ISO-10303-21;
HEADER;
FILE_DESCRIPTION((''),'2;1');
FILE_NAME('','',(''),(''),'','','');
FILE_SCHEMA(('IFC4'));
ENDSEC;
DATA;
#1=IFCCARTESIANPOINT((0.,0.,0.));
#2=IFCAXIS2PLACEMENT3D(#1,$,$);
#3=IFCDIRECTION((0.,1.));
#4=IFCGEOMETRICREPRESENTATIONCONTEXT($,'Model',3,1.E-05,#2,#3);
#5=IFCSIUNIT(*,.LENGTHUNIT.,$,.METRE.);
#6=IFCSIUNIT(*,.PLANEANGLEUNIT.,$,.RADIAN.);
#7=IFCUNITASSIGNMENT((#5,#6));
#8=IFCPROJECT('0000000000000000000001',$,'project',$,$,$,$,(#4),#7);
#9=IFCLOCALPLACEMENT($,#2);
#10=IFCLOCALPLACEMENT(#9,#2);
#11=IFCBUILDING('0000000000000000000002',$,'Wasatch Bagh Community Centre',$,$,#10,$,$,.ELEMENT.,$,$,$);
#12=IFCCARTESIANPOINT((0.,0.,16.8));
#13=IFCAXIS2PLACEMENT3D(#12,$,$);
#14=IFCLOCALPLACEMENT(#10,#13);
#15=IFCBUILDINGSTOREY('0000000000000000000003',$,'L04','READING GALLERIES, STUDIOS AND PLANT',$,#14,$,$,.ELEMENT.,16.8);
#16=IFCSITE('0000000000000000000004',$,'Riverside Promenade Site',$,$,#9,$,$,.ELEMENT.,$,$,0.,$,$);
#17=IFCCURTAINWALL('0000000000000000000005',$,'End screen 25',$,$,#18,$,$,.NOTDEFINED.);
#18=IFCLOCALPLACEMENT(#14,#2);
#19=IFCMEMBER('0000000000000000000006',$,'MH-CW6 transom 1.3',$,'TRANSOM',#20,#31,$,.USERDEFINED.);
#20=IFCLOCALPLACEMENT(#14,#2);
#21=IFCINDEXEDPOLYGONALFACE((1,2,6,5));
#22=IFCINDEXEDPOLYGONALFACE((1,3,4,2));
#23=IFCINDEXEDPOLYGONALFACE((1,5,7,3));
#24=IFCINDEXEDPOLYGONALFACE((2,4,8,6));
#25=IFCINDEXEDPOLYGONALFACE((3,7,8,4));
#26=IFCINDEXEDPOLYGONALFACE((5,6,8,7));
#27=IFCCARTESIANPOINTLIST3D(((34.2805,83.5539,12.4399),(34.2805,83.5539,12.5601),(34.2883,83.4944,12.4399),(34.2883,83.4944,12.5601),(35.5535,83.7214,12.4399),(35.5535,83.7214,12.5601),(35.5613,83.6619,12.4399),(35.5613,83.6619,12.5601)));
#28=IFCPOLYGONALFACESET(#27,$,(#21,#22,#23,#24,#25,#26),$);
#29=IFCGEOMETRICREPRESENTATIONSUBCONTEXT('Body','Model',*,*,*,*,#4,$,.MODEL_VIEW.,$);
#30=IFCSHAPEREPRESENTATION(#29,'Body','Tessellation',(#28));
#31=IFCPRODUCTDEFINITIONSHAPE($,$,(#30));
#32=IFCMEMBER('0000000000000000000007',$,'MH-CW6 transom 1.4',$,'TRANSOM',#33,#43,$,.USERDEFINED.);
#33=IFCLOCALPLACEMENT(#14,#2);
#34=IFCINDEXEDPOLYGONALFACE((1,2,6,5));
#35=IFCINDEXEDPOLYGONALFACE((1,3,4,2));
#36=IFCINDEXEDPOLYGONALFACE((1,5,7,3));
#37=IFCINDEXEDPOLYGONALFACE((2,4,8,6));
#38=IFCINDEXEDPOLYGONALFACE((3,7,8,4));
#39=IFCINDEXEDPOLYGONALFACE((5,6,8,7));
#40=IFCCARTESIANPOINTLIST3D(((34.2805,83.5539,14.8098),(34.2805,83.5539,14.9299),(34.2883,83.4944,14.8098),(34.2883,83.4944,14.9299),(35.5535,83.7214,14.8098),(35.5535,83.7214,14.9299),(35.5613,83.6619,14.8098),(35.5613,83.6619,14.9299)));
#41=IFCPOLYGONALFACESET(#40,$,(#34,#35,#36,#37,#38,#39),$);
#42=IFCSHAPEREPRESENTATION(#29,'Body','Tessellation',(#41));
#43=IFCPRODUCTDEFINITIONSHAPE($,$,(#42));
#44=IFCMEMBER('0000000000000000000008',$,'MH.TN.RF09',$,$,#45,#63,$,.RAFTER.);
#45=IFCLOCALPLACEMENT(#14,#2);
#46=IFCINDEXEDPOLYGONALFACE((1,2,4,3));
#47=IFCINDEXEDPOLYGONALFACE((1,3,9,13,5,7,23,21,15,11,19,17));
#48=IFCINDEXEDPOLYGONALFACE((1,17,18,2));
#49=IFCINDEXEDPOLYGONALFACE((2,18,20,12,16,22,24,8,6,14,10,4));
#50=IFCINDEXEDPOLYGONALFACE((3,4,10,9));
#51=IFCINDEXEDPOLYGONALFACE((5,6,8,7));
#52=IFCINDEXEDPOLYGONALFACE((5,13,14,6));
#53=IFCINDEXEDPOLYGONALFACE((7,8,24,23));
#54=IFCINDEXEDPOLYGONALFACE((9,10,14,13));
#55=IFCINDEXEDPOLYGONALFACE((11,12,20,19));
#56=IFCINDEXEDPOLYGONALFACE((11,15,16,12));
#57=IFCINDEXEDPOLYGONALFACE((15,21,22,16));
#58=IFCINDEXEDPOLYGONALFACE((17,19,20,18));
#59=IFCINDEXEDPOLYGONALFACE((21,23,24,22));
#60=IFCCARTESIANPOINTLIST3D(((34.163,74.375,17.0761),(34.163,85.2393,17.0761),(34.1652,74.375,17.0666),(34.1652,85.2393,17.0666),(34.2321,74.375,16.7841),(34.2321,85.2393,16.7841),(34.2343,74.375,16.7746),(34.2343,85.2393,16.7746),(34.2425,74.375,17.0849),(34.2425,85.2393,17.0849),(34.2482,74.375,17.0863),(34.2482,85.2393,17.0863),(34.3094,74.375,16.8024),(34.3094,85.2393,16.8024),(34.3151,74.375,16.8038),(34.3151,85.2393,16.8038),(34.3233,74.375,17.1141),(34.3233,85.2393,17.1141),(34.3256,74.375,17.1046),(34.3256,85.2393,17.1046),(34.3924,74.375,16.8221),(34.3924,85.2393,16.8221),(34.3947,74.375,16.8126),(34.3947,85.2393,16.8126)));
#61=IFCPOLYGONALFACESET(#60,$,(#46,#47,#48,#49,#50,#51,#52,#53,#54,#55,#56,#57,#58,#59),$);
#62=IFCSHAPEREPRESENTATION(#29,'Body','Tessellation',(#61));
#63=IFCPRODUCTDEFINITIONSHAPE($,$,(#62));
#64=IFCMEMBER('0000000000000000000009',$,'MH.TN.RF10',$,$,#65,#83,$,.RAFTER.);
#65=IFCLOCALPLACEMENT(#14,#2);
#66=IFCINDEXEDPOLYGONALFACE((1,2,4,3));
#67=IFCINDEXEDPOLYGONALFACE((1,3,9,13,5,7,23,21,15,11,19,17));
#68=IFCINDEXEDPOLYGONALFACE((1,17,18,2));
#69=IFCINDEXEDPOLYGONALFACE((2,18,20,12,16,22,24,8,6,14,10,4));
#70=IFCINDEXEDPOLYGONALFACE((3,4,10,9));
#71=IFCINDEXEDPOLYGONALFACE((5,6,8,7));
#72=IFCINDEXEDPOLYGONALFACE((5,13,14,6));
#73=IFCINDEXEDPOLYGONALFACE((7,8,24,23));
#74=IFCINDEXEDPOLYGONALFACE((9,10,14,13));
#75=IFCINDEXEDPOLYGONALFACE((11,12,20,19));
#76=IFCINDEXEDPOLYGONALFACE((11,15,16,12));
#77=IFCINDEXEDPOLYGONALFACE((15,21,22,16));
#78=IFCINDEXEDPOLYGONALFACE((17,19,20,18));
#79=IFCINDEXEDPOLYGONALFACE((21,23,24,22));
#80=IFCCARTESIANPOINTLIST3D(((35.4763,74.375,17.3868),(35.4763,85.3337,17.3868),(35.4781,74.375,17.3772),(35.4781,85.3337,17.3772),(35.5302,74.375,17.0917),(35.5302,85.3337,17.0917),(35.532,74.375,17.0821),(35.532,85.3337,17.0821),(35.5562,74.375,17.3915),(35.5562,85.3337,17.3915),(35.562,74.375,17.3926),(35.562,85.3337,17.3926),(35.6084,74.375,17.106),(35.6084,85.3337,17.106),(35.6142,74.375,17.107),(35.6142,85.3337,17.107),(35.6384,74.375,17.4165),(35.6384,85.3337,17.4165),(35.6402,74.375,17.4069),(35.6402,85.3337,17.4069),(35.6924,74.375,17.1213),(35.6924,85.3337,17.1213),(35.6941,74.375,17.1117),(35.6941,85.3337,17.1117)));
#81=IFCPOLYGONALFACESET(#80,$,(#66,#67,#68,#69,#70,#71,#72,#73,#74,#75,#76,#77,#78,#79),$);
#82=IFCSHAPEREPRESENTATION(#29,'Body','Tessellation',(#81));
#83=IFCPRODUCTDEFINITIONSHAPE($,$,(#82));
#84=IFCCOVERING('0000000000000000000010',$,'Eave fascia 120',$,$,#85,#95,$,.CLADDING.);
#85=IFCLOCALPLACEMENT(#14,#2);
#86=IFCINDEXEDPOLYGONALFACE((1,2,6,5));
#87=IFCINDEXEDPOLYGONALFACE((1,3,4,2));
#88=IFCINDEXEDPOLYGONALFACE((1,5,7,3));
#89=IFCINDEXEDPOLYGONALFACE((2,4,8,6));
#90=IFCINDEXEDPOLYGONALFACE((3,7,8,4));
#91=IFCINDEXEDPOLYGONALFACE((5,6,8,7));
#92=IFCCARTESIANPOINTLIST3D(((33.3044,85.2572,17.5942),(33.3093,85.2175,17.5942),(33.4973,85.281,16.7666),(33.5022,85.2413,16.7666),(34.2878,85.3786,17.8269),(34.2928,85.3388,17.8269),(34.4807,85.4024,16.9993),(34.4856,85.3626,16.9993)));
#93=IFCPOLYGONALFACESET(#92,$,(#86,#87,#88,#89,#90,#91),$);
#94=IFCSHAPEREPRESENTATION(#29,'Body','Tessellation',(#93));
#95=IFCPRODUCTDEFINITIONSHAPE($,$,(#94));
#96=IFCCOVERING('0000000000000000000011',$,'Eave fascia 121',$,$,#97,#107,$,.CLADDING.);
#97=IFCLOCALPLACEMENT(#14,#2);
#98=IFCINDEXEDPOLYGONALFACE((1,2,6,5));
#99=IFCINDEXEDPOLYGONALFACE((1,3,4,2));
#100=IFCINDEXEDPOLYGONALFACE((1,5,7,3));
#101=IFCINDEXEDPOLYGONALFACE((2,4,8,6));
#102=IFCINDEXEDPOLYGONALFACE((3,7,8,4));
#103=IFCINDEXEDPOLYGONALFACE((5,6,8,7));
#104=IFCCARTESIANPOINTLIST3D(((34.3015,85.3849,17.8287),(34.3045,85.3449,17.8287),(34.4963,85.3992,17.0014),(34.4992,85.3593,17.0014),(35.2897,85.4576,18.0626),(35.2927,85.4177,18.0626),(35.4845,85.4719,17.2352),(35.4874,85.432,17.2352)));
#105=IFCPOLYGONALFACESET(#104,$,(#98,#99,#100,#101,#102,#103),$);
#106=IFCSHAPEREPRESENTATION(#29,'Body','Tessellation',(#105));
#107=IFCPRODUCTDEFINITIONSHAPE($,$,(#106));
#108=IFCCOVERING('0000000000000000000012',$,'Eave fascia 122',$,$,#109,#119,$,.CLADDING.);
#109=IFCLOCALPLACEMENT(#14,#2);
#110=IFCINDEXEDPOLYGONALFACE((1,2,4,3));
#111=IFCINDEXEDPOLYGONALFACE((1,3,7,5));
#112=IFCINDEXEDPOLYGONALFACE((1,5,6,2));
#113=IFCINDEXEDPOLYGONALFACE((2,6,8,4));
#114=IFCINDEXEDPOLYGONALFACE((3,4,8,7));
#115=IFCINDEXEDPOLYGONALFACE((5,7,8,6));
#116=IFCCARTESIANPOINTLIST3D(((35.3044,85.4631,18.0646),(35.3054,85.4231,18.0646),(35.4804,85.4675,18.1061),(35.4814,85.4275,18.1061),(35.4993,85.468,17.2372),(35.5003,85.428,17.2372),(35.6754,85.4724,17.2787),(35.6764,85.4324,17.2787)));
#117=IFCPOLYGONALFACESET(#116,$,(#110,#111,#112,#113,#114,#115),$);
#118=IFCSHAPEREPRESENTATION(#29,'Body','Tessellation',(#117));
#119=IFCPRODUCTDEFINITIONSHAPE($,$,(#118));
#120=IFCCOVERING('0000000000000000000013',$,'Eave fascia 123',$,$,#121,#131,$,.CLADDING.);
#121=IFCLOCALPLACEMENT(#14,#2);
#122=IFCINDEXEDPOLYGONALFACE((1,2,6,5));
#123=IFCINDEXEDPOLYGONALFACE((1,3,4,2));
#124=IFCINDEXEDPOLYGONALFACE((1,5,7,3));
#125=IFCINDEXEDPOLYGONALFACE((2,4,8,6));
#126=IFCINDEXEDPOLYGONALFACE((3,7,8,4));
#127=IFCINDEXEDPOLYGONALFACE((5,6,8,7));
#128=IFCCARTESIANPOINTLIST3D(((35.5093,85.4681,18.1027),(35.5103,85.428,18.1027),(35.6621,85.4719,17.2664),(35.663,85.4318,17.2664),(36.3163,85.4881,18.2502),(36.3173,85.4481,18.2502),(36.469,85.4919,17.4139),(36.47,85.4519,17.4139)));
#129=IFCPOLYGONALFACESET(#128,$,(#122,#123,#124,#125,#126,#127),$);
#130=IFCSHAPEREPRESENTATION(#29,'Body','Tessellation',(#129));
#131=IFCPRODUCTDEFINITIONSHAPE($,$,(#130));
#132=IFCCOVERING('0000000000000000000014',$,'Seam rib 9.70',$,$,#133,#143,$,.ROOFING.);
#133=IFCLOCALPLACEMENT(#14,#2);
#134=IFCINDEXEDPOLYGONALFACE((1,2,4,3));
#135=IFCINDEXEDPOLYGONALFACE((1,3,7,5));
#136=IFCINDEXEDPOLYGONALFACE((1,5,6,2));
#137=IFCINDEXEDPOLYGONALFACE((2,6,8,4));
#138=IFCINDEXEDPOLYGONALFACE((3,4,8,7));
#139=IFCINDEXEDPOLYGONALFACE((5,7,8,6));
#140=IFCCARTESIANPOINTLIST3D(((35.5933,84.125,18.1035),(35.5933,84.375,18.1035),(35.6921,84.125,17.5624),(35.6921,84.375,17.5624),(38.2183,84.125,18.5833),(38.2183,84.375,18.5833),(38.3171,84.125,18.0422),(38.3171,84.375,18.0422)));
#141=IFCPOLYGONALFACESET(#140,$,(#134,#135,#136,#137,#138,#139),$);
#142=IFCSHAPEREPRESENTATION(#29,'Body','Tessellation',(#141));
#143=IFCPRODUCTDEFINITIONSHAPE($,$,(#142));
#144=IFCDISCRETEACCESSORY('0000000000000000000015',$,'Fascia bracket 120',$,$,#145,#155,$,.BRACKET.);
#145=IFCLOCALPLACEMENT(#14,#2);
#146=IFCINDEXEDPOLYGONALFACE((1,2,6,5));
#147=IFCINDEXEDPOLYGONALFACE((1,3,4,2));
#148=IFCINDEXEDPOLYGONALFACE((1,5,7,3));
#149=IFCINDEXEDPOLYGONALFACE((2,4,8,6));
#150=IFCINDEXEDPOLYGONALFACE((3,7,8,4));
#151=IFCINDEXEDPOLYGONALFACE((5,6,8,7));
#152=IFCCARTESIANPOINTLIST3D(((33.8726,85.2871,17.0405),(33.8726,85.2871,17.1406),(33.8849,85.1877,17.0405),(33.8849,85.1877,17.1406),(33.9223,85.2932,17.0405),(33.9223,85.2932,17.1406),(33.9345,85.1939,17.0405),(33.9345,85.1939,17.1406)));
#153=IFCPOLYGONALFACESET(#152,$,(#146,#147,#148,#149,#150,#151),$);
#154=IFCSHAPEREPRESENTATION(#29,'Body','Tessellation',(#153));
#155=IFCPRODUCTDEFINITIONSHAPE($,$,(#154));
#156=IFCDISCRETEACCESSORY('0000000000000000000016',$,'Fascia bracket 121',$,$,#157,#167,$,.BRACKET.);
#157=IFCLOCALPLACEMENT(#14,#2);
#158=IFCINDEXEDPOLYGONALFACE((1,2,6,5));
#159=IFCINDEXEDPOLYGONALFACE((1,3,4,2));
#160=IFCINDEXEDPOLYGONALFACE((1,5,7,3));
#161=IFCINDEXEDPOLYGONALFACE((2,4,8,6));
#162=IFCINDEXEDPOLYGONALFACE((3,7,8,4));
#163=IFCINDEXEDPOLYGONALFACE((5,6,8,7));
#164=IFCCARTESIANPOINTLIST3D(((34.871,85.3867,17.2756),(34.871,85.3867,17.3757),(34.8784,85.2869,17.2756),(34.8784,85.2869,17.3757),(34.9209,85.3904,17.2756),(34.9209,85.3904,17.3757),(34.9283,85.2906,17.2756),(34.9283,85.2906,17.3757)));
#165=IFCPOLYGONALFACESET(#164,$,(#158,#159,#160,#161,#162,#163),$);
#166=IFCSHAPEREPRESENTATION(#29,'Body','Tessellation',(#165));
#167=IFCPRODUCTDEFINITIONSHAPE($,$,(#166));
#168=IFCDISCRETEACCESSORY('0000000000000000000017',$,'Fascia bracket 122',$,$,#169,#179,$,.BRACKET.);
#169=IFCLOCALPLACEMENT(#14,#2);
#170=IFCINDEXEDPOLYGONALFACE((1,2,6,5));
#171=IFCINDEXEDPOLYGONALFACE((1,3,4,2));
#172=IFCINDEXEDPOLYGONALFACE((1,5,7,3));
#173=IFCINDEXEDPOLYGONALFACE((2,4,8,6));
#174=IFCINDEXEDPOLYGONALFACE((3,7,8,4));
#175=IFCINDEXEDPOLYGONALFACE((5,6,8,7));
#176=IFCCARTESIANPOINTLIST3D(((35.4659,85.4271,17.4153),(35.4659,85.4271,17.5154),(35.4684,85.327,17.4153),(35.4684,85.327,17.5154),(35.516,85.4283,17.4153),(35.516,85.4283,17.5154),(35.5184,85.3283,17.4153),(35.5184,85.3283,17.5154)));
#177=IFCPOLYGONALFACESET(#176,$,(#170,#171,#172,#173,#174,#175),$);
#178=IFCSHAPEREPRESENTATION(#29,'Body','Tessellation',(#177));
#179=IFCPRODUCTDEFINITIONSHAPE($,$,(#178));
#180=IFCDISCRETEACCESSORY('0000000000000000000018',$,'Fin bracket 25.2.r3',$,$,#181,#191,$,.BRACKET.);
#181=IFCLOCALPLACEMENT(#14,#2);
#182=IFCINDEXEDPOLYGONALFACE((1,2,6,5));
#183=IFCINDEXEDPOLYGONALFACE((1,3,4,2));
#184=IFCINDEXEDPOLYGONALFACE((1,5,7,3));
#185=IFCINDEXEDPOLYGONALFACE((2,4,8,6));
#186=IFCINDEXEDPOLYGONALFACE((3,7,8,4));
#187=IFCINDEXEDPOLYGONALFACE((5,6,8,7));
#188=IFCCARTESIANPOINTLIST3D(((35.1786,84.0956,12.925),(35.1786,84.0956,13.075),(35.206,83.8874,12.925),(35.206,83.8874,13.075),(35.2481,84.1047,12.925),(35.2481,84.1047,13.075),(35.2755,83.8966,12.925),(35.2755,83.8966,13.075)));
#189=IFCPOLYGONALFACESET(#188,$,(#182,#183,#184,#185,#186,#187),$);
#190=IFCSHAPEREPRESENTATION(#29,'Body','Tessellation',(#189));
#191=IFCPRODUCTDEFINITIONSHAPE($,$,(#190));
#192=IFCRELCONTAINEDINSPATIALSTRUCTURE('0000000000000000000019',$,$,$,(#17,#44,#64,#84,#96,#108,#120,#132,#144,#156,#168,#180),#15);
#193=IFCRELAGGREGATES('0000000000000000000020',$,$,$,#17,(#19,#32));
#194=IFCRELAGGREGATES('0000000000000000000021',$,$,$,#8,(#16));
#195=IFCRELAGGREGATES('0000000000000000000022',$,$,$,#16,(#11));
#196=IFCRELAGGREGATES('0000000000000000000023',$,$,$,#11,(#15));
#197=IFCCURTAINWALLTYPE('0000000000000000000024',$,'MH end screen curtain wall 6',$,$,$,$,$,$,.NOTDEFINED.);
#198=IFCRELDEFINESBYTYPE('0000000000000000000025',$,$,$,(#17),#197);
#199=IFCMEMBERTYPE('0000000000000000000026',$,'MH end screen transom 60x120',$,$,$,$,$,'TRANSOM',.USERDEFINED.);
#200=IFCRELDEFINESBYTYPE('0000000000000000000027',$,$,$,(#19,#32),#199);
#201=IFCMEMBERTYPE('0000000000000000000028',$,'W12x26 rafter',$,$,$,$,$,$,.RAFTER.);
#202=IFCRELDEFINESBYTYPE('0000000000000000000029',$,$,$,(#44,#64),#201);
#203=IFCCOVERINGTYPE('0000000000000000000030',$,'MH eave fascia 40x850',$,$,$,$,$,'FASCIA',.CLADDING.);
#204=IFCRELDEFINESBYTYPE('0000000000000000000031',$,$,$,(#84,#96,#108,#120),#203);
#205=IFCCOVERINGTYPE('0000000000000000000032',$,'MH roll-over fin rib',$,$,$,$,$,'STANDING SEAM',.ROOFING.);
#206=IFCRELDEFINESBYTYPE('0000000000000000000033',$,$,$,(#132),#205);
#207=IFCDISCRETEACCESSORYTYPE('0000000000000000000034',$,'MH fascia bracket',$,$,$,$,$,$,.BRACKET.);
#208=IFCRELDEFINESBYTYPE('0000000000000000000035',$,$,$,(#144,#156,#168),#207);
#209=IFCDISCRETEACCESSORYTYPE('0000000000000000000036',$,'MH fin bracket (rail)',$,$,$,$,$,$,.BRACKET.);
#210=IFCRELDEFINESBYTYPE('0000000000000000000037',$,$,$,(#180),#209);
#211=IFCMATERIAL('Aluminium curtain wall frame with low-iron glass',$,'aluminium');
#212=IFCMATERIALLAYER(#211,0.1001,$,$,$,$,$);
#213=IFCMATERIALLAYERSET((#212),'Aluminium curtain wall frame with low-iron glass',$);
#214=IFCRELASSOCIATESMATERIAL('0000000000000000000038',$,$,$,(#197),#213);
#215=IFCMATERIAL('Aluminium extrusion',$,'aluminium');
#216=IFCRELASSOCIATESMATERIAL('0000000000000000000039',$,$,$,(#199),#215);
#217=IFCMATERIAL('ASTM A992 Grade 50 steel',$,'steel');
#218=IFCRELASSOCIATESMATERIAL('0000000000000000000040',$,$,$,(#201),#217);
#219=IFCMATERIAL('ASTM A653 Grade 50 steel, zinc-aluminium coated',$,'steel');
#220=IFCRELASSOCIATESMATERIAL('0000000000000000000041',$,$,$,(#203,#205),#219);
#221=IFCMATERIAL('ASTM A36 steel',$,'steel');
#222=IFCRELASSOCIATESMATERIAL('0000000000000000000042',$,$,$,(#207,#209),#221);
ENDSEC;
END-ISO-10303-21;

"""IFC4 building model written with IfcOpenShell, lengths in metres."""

from ifc_helpers import new_model, si_unit, direction, frame, origin, origin_2d, place, context, subcontext, project, spatial, polyline, rectangle, i_section, outline, extrude, material, layer, layer_set, material_profile, profile_set, type_object, element, aggregate, save


model = new_model("IFC4")

# Units and contexts
model_context = context("Model", 3, precision=1e-05, world=origin(), true_north=direction((0.0, 1.0)))
body_context = subcontext(model_context, "Body", "Model", "MODEL_VIEW")
ifc_project = project(units=[si_unit("LENGTHUNIT", "METRE"), si_unit("PLANEANGLEUNIT", "RADIAN")], contexts=[model_context])

# Site, building, storey
site_placement = place(None, origin())
site = spatial("IfcSite", under=ifc_project, at=site_placement, Name="Riverside Promenade Site", CompositionType="ELEMENT", RefElevation=0.0)
building_placement = place(site_placement, origin())
building = spatial("IfcBuilding", under=site, at=building_placement, Name="Wasatch Bagh Community Centre", CompositionType="ELEMENT")
storey_placement = place(building_placement, frame((0.0, 0.0, 16.8)))
storey = spatial("IfcBuildingStorey", under=building, at=storey_placement, Name="L04", Description="READING GALLERIES, STUDIOS AND PLANT", CompositionType="ELEMENT", Elevation=16.8)

# Curtain wall, members
ifc_material_1 = material(Name="Aluminium curtain wall frame with low-iron glass", Category="aluminium")
ifc_layer = layer(ifc_material_1, 0.1001)
ifc_layer_set = layer_set([ifc_layer], Name="Aluminium curtain wall frame with low-iron glass")
curtain_wall_type = type_object("IfcCurtainWallType", Name="MH end screen curtain wall 6", PredefinedType="NOTDEFINED", material=ifc_layer_set)
curtain_wall_placement = place(storey_placement, origin())
curtain_wall = element("IfcCurtainWall", 1, at=curtain_wall_placement, inside=storey, type_object=curtain_wall_type, Name="End screen 25", PredefinedType="NOTDEFINED")
ifc_material_2 = material(Name="Aluminium extrusion", Category="aluminium")
ifc_material_profile_1 = material_profile(ifc_material_2, rectangle(XDim=0.0601, YDim=0.1201, at=origin_2d()), Name="AL 60x120")
ifc_profile_set_1 = profile_set([ifc_material_profile_1], Name="Aluminium extrusion")
member_type_1 = type_object("IfcMemberType", Name="MH end screen transom 60x120", ElementType="TRANSOM", PredefinedType="USERDEFINED", material=ifc_profile_set_1)
member_1_placement = place(storey_placement, frame((35.5574, 83.6917, 12.5), z_axis=(-0.991456, -0.130445, 0.0), x_axis=(0.130445, -0.991456, 0.0)))
member_1 = element("IfcMember", 2, at=member_1_placement, type_object=member_type_1, Name="MH-CW6 transom 1.3", ObjectType="TRANSOM", PredefinedType="USERDEFINED", context=body_context, shape_type="SweptSolid", body=[
    extrude(rectangle(XDim=0.0601, YDim=0.1201, at=origin_2d()), origin(), (0.0, 0.0, 1.0), 1.2839),
])
member_2_placement = place(storey_placement, frame((35.5574, 83.6917, 14.8699), z_axis=(-0.991456, -0.130445, 0.0), x_axis=(0.130445, -0.991456, 0.0)))
member_2 = element("IfcMember", 3, at=member_2_placement, type_object=member_type_1, Name="MH-CW6 transom 1.4", ObjectType="TRANSOM", PredefinedType="USERDEFINED", context=body_context, shape_type="SweptSolid", body=[
    extrude(rectangle(XDim=0.0601, YDim=0.1201, at=origin_2d()), origin(), (0.0, 0.0, 1.0), 1.2839),
])
aggregate(curtain_wall, [member_1, member_2])

# Members
ifc_material_3 = material(Name="ASTM A992 Grade 50 steel", Category="steel")
ifc_material_profile_2 = material_profile(ifc_material_3, i_section(OverallWidth=0.1648, OverallDepth=0.3098, WebThickness=0.0059, FlangeThickness=0.0098, at=origin_2d()), Name="W12x26")
ifc_profile_set_2 = profile_set([ifc_material_profile_2], Name="ASTM A992 Grade 50 steel")
member_type_2 = type_object("IfcMemberType", Name="W12x26 rafter", PredefinedType="RAFTER", material=ifc_profile_set_2)
member_3_placement = place(storey_placement, frame((34.2788, 85.2393, 16.9443), z_axis=(0.0, -1.0, 0.0), x_axis=(0.973122, 0.0, 0.230292)))
element("IfcMember", 4, at=member_3_placement, inside=storey, type_object=member_type_2, Name="MH.TN.RF09", PredefinedType="RAFTER", context=body_context, shape_type="SweptSolid", body=[
    extrude(i_section(OverallWidth=0.1648, OverallDepth=0.3098, WebThickness=0.0059, FlangeThickness=0.0098, at=origin_2d()), origin(), (0.0, 0.0, 1.0), 10.8643),
])
member_4_placement = place(storey_placement, frame((35.5852, 85.3337, 17.2493), z_axis=(0.0, -1.0, 0.0), x_axis=(0.983711, 0.0, 0.179756)))
element("IfcMember", 5, at=member_4_placement, inside=storey, type_object=member_type_2, Name="MH.TN.RF10", PredefinedType="RAFTER", context=body_context, shape_type="SweptSolid", body=[
    extrude(i_section(OverallWidth=0.1648, OverallDepth=0.3098, WebThickness=0.0059, FlangeThickness=0.0098, at=origin_2d()), origin(), (0.0, 0.0, 1.0), 10.9587),
])

# Coverings
ifc_material_4 = material(Name="ASTM A653 Grade 50 steel, zinc-aluminium coated", Category="steel")
ifc_material_profile_3 = material_profile(ifc_material_4, rectangle(XDim=0.04, YDim=0.8501, at=origin_2d()), Name="FASCIA 40x850")
ifc_profile_set_3 = profile_set([ifc_material_profile_3], Name="ASTM A653 Grade 50 steel, zinc-aluminium coated")
covering_type_1 = type_object("IfcCoveringType", Name="MH eave fascia 40x850", ElementType="FASCIA", PredefinedType="CLADDING", material=ifc_profile_set_3)
covering_1_placement = place(storey_placement, frame((33.4033, 85.2493, 17.1804), z_axis=(0.966194, 0.119215, 0.228596), x_axis=(-0.122458, 0.992474, 0.0)))
element("IfcCovering", 6, at=covering_1_placement, inside=storey, type_object=covering_type_1, Name="Eave fascia 120", PredefinedType="CLADDING", context=body_context, shape_type="SweptSolid", body=[
    extrude(rectangle(XDim=0.04, YDim=0.8501, at=origin_2d()), origin(), (0.0, 0.0, 1.0), 1.0178),
])
covering_2_placement = place(storey_placement, frame((34.4004, 85.3721, 17.415), z_axis=(0.970633, 0.071455, 0.22971), x_axis=(-0.073418, 0.997301, 0.0)))
element("IfcCovering", 7, at=covering_2_placement, inside=storey, type_object=covering_type_1, Name="Eave fascia 121", PredefinedType="CLADDING", context=body_context, shape_type="SweptSolid", body=[
    extrude(rectangle(XDim=0.04, YDim=0.8501, at=origin_2d()), origin(), (0.0, 0.0, 1.0), 1.0181),
])
covering_3_placement = place(storey_placement, frame((35.4023, 85.4456, 17.6509), z_axis=(0.973024, 0.024292, 0.229423), x_axis=(-0.024958, 0.999689, 0.0)))
element("IfcCovering", 8, at=covering_3_placement, inside=storey, type_object=covering_type_1, Name="Eave fascia 122", PredefinedType="CLADDING", context=body_context, shape_type="SweptSolid", body=[
    extrude(rectangle(XDim=0.04, YDim=0.8501, at=origin_2d()), origin(), (0.0, 0.0, 1.0), 0.1809),
])
covering_4_placement = place(storey_placement, frame((35.5862, 85.45, 17.6846), z_axis=(0.983415, 0.024399, 0.179722), x_axis=(-0.024803, 0.999692, 0.0)))
element("IfcCovering", 9, at=covering_4_placement, inside=storey, type_object=covering_type_1, Name="Eave fascia 123", PredefinedType="CLADDING", context=body_context, shape_type="SweptSolid", body=[
    extrude(rectangle(XDim=0.04, YDim=0.8501, at=origin_2d()), origin(), (0.0, 0.0, 1.0), 0.8206),
])
covering_type_2 = type_object("IfcCoveringType", Name="MH roll-over fin rib", ElementType="STANDING SEAM", PredefinedType="ROOFING", material=ifc_material_4)
covering_5_placement = place(storey_placement, frame((35.5933, 84.125, 18.1035), z_axis=(-0.179779, 0.0, 0.983707), x_axis=(0.983707, 0.0, 0.179779)))
element("IfcCovering", 10, at=covering_5_placement, inside=storey, type_object=covering_type_2, Name="Seam rib 9.70", PredefinedType="ROOFING", context=body_context, shape_type="SweptSolid", body=[
    extrude(outline(polyline([(0.0, 0.0), (2.6685, 0.0), (2.6685, 0.25), (0.0, 0.25), (0.0, 0.0)])), origin(), (0.0, 0.0, -1.0), 0.55),
])

# Discrete accessories
ifc_material_5 = material(Name="ASTM A36 steel", Category="steel")
discrete_accessory_type_1 = type_object("IfcDiscreteAccessoryType", Name="MH fascia bracket", PredefinedType="BRACKET", material=ifc_material_5)
for number, where, z_axis, x_axis, name in (
    (11, (33.9036, 85.2405, 17.0405), (0.0, 0.0, 1.0), (-0.122411, 0.99248, 0.0), "Fascia bracket 120"),
    (12, (34.8997, 85.3386, 17.2756), (0.0, 0.0, 1.0), (-0.073565, 0.99729, 0.0), "Fascia bracket 121"),
    (13, (35.4922, 85.3777, 17.4153), (0.0, 0.0, 1.0), (-0.024541, 0.999699, 0.0), "Fascia bracket 122"),
):
    element("IfcDiscreteAccessory", number, at=place(storey_placement, frame(where, z_axis=z_axis, x_axis=x_axis)), inside=storey, type_object=discrete_accessory_type_1, Name=name, PredefinedType="BRACKET", context=body_context, shape_type="SweptSolid", body=[
        extrude(rectangle(XDim=0.1001, YDim=0.05, at=origin_2d()), origin(), (0.0, 0.0, 1.0), 0.1001),
    ])
discrete_accessory_type_2 = type_object("IfcDiscreteAccessoryType", Name="MH fin bracket (rail)", PredefinedType="BRACKET", material=ifc_material_5)
for number, where, z_axis, x_axis, name in (
    (14, (35.2271, 83.9961, 12.925), (0.0, 0.0, 1.0), (-0.991445, -0.130526, 0.0), "Fin bracket 25.2.r3"),
):
    element("IfcDiscreteAccessory", number, at=place(storey_placement, frame(where, z_axis=z_axis, x_axis=x_axis)), inside=storey, type_object=discrete_accessory_type_2, Name=name, PredefinedType="BRACKET", context=body_context, shape_type="SweptSolid", body=[
        extrude(rectangle(XDim=0.0701, YDim=0.21, at=origin_2d()), origin(), (0.0, 0.0, 1.0), 0.1499),
    ])

save(model, "model.ifc")
